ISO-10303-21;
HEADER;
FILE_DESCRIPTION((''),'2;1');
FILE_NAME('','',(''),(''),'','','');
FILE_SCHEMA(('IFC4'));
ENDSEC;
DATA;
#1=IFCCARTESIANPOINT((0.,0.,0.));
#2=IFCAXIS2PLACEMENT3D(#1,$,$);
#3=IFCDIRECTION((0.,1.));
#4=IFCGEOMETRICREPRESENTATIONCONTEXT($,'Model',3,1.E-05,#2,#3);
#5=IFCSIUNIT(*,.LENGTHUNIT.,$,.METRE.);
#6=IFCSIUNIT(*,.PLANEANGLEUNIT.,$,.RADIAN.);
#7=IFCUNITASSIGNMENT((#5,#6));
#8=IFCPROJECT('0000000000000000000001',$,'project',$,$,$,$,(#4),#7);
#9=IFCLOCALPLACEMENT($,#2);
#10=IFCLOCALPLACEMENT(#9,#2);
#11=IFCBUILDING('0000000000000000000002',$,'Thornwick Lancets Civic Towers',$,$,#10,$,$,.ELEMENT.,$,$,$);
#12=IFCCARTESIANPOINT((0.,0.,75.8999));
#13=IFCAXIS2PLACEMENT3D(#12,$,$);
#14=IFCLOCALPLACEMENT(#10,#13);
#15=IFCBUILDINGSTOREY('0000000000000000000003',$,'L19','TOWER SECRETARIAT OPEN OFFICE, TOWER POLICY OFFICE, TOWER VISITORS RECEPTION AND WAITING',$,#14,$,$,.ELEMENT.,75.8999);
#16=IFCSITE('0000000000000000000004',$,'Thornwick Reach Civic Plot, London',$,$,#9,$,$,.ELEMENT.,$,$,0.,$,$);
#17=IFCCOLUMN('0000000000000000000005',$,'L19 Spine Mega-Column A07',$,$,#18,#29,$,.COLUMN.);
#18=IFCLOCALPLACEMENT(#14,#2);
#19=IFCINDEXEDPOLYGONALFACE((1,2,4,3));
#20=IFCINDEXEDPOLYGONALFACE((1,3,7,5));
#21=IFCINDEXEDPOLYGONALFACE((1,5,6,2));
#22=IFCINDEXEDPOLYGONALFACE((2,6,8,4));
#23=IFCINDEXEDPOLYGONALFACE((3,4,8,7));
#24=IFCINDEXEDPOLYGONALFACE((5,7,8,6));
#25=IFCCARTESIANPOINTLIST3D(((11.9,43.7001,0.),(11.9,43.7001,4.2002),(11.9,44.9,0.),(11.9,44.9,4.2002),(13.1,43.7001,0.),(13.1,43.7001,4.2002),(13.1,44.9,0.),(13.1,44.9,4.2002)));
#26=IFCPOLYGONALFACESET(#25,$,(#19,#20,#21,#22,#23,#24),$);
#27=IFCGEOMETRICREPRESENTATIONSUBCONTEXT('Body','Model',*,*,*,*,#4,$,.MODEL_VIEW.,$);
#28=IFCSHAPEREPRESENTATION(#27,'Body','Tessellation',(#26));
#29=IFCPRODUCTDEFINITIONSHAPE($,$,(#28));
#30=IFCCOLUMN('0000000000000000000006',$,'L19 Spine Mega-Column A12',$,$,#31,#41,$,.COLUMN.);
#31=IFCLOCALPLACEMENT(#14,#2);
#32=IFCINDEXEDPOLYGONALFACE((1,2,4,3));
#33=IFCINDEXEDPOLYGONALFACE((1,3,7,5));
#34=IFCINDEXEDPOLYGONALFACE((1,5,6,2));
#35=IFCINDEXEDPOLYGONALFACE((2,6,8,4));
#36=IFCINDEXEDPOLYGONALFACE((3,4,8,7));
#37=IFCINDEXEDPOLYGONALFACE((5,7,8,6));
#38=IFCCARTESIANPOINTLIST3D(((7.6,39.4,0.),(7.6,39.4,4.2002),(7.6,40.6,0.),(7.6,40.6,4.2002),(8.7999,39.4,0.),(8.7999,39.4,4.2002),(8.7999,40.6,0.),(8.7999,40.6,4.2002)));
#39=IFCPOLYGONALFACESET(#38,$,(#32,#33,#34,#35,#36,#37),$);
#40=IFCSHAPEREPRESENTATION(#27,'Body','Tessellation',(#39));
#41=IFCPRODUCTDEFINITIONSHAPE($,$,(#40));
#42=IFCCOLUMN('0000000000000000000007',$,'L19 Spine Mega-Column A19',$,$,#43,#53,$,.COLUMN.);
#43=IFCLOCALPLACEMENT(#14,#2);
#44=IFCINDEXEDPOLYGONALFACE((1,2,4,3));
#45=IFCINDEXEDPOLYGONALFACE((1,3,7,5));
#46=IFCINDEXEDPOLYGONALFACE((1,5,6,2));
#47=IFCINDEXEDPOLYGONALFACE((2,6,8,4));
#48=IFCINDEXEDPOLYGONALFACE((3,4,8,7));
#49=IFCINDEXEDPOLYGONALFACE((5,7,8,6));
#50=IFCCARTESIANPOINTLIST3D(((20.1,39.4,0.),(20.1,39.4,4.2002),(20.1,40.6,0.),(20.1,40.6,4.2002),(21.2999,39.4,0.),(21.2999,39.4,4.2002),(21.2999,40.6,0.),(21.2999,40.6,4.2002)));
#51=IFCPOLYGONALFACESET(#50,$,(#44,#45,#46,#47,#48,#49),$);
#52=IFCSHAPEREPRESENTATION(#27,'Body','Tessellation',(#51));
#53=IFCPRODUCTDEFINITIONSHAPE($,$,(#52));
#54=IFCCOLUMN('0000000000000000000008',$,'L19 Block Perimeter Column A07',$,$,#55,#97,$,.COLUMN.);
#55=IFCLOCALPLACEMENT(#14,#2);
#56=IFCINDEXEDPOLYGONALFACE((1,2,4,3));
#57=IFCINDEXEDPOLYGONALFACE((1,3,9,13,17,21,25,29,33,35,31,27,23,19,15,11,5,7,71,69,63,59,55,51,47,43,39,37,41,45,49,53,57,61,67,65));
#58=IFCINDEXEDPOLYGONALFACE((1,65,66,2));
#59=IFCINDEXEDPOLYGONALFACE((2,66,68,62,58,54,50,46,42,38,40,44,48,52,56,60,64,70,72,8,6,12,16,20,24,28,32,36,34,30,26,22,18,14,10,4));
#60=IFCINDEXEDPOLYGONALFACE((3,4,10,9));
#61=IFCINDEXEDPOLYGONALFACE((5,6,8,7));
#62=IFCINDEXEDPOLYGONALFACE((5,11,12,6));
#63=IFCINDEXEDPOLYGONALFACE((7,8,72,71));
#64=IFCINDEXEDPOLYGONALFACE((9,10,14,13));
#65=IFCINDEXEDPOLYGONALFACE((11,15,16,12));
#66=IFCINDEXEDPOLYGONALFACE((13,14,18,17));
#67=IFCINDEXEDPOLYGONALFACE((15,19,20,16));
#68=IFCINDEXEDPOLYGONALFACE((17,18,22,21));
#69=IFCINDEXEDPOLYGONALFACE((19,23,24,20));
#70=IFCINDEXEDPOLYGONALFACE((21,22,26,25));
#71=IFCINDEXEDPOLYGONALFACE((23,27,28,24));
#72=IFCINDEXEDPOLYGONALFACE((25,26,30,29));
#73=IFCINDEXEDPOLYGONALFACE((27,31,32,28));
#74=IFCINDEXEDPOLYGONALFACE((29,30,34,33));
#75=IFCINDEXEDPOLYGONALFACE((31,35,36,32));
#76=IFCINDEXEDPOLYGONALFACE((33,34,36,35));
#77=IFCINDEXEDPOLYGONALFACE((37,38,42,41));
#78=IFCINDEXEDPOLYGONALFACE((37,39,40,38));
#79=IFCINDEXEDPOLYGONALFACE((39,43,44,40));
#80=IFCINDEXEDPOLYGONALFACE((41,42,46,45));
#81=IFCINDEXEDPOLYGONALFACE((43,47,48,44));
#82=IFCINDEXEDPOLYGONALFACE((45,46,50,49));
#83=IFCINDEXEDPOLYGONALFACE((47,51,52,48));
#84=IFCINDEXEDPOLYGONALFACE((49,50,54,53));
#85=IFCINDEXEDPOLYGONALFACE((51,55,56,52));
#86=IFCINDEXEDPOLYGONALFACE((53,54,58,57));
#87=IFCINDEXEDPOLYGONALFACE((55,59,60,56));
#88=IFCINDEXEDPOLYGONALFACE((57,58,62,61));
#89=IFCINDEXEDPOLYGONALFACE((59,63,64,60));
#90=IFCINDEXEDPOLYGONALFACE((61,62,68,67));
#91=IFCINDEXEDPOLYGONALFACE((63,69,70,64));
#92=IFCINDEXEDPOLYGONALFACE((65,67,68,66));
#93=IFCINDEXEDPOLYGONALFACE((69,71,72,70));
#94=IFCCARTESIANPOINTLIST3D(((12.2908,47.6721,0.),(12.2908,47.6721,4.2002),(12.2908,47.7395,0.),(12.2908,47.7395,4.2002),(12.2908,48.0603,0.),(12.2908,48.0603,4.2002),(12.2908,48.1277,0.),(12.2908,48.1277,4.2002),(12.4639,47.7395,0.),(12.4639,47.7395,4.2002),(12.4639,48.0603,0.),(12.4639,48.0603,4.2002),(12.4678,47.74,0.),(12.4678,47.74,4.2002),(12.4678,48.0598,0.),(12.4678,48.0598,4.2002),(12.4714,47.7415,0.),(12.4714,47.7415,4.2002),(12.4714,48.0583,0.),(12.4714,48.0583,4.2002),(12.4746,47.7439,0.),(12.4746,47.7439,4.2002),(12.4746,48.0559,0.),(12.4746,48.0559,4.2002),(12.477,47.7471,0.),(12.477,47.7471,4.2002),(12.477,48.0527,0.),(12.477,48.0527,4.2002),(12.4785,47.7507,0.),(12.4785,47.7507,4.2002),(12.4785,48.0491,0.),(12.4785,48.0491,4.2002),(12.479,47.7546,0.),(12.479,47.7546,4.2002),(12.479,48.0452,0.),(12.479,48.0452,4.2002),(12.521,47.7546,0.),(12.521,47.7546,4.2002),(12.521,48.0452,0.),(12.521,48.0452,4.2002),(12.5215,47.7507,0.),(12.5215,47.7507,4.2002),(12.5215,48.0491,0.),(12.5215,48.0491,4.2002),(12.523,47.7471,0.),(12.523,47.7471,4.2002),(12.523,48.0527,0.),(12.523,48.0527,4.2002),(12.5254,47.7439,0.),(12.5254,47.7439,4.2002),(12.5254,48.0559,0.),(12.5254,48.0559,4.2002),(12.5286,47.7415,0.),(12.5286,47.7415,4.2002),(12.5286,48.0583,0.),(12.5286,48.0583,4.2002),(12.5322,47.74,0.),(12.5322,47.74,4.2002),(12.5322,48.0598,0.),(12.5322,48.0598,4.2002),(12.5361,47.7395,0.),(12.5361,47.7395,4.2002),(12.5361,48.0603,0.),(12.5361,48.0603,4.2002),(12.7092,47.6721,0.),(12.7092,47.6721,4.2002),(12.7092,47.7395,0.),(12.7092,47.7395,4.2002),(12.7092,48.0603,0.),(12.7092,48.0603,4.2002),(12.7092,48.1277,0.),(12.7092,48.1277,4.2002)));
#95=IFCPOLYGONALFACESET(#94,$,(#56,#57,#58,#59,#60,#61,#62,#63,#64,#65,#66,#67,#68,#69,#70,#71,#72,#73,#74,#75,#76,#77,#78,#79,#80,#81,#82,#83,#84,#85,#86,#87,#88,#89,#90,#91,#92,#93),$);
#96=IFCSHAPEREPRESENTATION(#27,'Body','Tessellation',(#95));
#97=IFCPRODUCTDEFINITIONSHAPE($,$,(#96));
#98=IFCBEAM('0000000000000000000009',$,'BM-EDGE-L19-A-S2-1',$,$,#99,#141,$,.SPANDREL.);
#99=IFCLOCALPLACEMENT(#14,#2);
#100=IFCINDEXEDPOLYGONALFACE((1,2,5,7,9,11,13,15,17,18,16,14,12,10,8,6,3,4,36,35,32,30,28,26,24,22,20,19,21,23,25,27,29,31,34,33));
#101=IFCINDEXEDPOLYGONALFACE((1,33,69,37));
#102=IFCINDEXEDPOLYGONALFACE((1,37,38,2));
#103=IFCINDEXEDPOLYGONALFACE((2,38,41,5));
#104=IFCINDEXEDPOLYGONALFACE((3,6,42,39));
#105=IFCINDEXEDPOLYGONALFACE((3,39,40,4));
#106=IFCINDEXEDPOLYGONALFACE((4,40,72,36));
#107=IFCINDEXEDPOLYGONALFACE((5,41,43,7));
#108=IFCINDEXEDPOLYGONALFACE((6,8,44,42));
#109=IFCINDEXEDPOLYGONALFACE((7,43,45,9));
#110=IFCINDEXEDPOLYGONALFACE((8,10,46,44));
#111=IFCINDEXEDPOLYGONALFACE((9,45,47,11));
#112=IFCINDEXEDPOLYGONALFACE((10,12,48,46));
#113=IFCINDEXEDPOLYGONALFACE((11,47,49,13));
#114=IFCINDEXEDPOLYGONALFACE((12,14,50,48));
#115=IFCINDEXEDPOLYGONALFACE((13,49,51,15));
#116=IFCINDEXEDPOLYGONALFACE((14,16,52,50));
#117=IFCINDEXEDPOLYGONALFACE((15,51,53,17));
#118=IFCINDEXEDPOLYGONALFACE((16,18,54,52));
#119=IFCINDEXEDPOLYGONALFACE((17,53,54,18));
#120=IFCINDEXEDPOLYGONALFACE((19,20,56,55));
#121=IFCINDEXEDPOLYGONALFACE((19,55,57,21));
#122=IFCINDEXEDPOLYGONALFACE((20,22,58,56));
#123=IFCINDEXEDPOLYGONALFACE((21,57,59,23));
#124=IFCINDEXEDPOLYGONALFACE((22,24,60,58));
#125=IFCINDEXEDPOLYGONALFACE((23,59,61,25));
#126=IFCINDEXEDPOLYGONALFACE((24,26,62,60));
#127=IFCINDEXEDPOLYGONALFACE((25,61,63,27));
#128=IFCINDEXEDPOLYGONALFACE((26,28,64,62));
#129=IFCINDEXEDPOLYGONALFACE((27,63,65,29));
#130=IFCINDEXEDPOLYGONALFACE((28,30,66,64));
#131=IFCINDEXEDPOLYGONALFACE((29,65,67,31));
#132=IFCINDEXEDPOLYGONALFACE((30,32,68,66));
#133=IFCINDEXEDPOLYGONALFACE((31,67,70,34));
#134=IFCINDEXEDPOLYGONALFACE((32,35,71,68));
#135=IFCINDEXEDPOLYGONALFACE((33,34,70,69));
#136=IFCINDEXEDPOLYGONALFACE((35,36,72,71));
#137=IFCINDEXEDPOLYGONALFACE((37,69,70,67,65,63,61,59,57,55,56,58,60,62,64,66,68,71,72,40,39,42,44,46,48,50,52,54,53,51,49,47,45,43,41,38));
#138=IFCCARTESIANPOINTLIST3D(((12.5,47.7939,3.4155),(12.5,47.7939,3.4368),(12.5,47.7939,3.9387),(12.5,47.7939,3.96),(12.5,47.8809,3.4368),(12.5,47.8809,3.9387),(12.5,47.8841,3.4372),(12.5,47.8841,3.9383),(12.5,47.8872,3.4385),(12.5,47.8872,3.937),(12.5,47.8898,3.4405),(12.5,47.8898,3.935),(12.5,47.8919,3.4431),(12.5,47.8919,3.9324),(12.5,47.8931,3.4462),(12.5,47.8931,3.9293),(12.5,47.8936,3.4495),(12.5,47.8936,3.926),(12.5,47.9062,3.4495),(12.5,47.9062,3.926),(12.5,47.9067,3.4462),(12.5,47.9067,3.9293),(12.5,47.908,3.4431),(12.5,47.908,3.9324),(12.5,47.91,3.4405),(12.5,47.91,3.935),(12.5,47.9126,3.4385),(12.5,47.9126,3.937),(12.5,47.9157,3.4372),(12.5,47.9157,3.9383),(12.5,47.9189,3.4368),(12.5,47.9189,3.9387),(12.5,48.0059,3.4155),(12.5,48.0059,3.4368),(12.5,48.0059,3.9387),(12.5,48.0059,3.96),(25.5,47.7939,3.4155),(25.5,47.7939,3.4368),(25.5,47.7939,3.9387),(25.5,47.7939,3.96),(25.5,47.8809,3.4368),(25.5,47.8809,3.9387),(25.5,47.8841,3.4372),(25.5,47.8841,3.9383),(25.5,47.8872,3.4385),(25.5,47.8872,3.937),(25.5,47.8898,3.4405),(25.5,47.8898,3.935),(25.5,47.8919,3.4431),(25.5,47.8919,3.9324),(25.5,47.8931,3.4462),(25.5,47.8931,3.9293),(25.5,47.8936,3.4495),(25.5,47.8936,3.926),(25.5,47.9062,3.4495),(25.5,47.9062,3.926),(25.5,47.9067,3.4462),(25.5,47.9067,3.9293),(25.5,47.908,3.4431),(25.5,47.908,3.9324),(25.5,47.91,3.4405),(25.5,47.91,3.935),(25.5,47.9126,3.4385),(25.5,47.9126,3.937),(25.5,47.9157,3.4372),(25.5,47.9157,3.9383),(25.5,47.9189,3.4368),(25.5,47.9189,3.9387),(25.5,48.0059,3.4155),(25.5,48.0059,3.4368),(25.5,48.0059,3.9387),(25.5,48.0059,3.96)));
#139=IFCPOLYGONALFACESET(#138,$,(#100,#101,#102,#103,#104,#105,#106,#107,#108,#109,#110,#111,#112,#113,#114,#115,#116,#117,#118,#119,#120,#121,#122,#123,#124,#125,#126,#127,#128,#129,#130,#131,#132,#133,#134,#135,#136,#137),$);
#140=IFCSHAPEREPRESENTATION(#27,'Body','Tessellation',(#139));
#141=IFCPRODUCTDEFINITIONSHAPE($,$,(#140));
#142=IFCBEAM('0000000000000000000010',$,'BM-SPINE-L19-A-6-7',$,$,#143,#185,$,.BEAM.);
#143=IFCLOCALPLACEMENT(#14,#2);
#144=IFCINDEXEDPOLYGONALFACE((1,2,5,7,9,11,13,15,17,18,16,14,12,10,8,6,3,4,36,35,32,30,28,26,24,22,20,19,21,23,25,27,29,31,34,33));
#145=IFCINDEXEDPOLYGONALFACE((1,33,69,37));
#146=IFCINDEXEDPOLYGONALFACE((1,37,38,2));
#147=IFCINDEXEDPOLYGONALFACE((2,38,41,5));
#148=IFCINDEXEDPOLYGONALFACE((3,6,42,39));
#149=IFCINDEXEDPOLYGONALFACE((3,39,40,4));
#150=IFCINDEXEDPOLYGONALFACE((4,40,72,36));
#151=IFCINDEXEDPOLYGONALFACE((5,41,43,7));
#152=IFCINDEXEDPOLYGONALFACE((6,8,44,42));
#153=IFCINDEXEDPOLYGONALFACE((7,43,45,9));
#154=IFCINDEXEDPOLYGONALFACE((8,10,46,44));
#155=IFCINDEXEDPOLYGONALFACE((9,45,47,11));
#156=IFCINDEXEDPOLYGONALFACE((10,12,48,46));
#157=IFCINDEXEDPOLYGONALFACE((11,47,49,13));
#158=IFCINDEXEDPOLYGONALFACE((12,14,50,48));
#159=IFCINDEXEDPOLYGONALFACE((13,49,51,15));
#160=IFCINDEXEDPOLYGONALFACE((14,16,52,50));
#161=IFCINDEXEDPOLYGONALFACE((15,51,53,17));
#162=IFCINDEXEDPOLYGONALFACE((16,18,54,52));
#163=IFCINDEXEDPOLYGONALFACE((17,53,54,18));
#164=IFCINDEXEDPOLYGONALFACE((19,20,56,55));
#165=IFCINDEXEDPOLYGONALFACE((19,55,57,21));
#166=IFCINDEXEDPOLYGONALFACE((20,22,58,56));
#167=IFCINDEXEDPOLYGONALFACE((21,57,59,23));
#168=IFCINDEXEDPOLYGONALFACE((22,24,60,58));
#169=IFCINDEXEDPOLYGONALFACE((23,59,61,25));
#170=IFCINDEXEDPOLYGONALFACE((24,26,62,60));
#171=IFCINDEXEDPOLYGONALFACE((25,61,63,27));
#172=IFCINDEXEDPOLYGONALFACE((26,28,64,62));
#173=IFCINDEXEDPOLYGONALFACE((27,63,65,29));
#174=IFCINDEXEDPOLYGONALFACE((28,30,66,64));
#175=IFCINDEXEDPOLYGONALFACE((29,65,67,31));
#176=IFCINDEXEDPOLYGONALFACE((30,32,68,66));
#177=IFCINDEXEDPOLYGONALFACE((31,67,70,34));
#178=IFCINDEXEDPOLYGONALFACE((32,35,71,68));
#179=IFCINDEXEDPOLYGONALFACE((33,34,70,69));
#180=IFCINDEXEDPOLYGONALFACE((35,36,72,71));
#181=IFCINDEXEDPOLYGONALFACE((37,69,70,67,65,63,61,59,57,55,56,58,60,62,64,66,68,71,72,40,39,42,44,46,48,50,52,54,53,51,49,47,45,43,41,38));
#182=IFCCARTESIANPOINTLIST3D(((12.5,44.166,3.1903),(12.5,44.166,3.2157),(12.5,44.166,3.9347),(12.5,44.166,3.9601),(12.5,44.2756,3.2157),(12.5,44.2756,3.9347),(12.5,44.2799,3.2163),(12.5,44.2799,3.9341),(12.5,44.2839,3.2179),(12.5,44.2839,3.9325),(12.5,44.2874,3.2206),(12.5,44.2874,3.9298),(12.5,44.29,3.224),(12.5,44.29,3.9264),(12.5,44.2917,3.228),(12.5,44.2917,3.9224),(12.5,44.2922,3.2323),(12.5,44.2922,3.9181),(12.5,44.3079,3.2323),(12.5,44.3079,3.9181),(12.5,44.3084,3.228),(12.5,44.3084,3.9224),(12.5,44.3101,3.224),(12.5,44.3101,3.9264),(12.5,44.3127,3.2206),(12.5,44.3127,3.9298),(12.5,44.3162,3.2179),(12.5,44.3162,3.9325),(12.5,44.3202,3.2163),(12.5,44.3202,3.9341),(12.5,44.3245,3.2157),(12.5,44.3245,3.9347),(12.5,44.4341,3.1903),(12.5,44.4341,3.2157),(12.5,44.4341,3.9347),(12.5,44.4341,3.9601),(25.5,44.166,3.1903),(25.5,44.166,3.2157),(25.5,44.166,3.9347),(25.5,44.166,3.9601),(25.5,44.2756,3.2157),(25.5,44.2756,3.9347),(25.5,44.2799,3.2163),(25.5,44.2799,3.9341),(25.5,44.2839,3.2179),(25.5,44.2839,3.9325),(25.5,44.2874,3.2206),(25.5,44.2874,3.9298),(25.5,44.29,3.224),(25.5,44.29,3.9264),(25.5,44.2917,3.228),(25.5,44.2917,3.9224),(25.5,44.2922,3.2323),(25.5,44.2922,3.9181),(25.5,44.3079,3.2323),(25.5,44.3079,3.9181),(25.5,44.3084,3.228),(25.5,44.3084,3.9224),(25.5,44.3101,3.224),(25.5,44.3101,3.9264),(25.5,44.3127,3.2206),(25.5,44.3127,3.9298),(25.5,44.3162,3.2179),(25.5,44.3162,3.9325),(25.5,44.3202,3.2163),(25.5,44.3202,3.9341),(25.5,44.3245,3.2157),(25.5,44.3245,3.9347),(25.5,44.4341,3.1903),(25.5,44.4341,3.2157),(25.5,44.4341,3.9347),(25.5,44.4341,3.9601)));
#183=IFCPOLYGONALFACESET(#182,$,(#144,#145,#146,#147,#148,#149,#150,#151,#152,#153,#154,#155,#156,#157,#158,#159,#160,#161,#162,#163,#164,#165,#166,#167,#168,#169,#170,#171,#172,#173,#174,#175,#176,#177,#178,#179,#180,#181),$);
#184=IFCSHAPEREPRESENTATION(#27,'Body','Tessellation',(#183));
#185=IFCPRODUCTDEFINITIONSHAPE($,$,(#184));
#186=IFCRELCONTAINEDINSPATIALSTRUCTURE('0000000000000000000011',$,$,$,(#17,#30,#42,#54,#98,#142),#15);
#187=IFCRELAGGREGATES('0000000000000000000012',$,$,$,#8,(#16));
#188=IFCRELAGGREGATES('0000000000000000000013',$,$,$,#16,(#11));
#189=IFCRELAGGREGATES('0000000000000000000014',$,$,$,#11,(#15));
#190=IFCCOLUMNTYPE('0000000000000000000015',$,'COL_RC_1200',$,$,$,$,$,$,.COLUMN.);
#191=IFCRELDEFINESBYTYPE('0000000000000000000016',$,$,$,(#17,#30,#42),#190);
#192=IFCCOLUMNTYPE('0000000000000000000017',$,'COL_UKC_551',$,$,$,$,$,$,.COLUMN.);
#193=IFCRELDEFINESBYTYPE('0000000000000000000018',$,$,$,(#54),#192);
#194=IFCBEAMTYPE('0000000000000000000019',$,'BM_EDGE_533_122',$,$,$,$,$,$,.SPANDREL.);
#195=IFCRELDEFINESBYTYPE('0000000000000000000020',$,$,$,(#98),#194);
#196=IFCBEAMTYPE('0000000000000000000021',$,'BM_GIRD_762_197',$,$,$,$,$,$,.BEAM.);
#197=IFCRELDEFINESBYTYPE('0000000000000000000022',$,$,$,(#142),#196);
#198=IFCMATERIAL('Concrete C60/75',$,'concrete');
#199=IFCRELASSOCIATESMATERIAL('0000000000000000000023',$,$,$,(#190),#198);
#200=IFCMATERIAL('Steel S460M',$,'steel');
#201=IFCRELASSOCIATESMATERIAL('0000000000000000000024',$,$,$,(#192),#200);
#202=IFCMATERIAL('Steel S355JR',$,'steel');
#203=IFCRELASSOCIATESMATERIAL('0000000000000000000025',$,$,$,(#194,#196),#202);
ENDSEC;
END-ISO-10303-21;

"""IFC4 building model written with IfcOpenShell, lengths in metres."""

from ifc_helpers import new_model, si_unit, direction, frame, origin, origin_2d, place, context, subcontext, project, spatial, rectangle, i_section, extrude, material, material_profile, profile_set, type_object, element, save


model = new_model("IFC4")

# Units and contexts
model_context = context("Model", 3, precision=1e-05, world=origin(), true_north=direction((0.0, 1.0)))
body_context = subcontext(model_context, "Body", "Model", "MODEL_VIEW")
ifc_project = project(units=[si_unit("LENGTHUNIT", "METRE"), si_unit("PLANEANGLEUNIT", "RADIAN")], contexts=[model_context])

# Site, building, storey
site_placement = place(None, origin())
site = spatial("IfcSite", under=ifc_project, at=site_placement, Name="Thornwick Reach Civic Plot, London", CompositionType="ELEMENT", RefElevation=0.0)
building_placement = place(site_placement, origin())
building = spatial("IfcBuilding", under=site, at=building_placement, Name="Thornwick Lancets Civic Towers", CompositionType="ELEMENT")
storey_placement = place(building_placement, frame((0.0, 0.0, 75.8999)))
storey = spatial("IfcBuildingStorey", under=building, at=storey_placement, Name="L19", Description="TOWER SECRETARIAT OPEN OFFICE, TOWER POLICY OFFICE, TOWER VISITORS RECEPTION AND WAITING", CompositionType="ELEMENT", Elevation=75.8999)

# Columns
ifc_material_1 = material(Name="Concrete C60/75", Category="concrete")
ifc_material_profile_1 = material_profile(ifc_material_1, rectangle(XDim=1.2, YDim=1.2, at=origin_2d()), Name="RC 1200x1200")
ifc_profile_set_1 = profile_set([ifc_material_profile_1], Name="Concrete C60/75")
column_type_1 = type_object("IfcColumnType", Name="COL_RC_1200", PredefinedType="COLUMN", material=ifc_profile_set_1)
for number, where, z_axis, x_axis, name in (
    (1, (12.5, 44.3, 0.0), (0.0, 0.0, 1.0), (1.0, 0.0, 0.0), "L19 Spine Mega-Column A07"),
    (2, (8.2, 40.0, 0.0), (0.0, 0.0, 1.0), (1.0, 0.0, 0.0), "L19 Spine Mega-Column A12"),
    (3, (20.7, 40.0, 0.0), (0.0, 0.0, 1.0), (1.0, 0.0, 0.0), "L19 Spine Mega-Column A19"),
):
    element("IfcColumn", number, at=place(storey_placement, frame(where, z_axis=z_axis, x_axis=x_axis)), inside=storey, type_object=column_type_1, Name=name, PredefinedType="COLUMN", context=body_context, shape_type="SweptSolid", body=[
        extrude(rectangle(XDim=1.2, YDim=1.2, at=origin_2d()), origin(), (0.0, 0.0, 1.0), 4.2002),
    ])
ifc_material_2 = material(Name="Steel S460M", Category="steel")
ifc_material_profile_2 = material_profile(ifc_material_2, i_section(OverallWidth=0.4185, OverallDepth=0.4556, WebThickness=0.042, FlangeThickness=0.0674, FilletRadius=0.0151, at=origin_2d()), Name="UKC 356x406x551")
ifc_profile_set_2 = profile_set([ifc_material_profile_2], Name="Steel S460M")
column_type_2 = type_object("IfcColumnType", Name="COL_UKC_551", PredefinedType="COLUMN", material=ifc_profile_set_2)
column_placement = place(storey_placement, frame((12.5, 47.8999, 0.0), z_axis=(0.0, 0.0, 1.0), x_axis=(1.0, 0.0, 0.0)))
element("IfcColumn", 4, at=column_placement, inside=storey, type_object=column_type_2, Name="L19 Block Perimeter Column A07", PredefinedType="COLUMN", context=body_context, shape_type="SweptSolid", body=[
    extrude(i_section(OverallWidth=0.4185, OverallDepth=0.4556, WebThickness=0.042, FlangeThickness=0.0674, FilletRadius=0.0151, at=origin_2d()), origin(), (0.0, 0.0, 1.0), 4.2002),
])

# Beams
ifc_material_3 = material(Name="Steel S355JR", Category="steel")
ifc_material_profile_3 = material_profile(ifc_material_3, i_section(OverallWidth=0.2119, OverallDepth=0.5444, WebThickness=0.0127, FlangeThickness=0.0212, FilletRadius=0.0127, at=origin_2d()), Name="UKB 533x210x122")
ifc_profile_set_3 = profile_set([ifc_material_profile_3], Name="Steel S355JR")
beam_type_1 = type_object("IfcBeamType", Name="BM_EDGE_533_122", PredefinedType="SPANDREL", material=ifc_profile_set_3)
beam_1_placement = place(storey_placement, frame((12.5, 47.8999, 3.6877), z_axis=(1.0, 0.0, 0.0), x_axis=(0.0, 1.0, 0.0)))
element("IfcBeam", 5, at=beam_1_placement, inside=storey, type_object=beam_type_1, Name="BM-EDGE-L19-A-S2-1", PredefinedType="SPANDREL", context=body_context, shape_type="SweptSolid", body=[
    extrude(i_section(OverallWidth=0.2119, OverallDepth=0.5444, WebThickness=0.0127, FlangeThickness=0.0212, FilletRadius=0.0127, at=origin_2d()), origin(), (0.0, 0.0, 1.0), 13.0),
])
ifc_material_profile_4 = material_profile(ifc_material_3, i_section(OverallWidth=0.2681, OverallDepth=0.7698, WebThickness=0.0156, FlangeThickness=0.0254, FilletRadius=0.0166, at=origin_2d()), Name="UKB 762x267x197")
ifc_profile_set_4 = profile_set([ifc_material_profile_4], Name="Steel S355JR")
beam_type_2 = type_object("IfcBeamType", Name="BM_GIRD_762_197", PredefinedType="BEAM", material=ifc_profile_set_4)
beam_2_placement = place(storey_placement, frame((12.5, 44.3, 3.5752), z_axis=(1.0, 0.0, 0.0), x_axis=(0.0, 1.0, 0.0)))
element("IfcBeam", 6, at=beam_2_placement, inside=storey, type_object=beam_type_2, Name="BM-SPINE-L19-A-6-7", PredefinedType="BEAM", context=body_context, shape_type="SweptSolid", body=[
    extrude(i_section(OverallWidth=0.2681, OverallDepth=0.7698, WebThickness=0.0156, FlangeThickness=0.0254, FilletRadius=0.0166, at=origin_2d()), origin(), (0.0, 0.0, 1.0), 13.0),
])

save(model, "model.ifc")
